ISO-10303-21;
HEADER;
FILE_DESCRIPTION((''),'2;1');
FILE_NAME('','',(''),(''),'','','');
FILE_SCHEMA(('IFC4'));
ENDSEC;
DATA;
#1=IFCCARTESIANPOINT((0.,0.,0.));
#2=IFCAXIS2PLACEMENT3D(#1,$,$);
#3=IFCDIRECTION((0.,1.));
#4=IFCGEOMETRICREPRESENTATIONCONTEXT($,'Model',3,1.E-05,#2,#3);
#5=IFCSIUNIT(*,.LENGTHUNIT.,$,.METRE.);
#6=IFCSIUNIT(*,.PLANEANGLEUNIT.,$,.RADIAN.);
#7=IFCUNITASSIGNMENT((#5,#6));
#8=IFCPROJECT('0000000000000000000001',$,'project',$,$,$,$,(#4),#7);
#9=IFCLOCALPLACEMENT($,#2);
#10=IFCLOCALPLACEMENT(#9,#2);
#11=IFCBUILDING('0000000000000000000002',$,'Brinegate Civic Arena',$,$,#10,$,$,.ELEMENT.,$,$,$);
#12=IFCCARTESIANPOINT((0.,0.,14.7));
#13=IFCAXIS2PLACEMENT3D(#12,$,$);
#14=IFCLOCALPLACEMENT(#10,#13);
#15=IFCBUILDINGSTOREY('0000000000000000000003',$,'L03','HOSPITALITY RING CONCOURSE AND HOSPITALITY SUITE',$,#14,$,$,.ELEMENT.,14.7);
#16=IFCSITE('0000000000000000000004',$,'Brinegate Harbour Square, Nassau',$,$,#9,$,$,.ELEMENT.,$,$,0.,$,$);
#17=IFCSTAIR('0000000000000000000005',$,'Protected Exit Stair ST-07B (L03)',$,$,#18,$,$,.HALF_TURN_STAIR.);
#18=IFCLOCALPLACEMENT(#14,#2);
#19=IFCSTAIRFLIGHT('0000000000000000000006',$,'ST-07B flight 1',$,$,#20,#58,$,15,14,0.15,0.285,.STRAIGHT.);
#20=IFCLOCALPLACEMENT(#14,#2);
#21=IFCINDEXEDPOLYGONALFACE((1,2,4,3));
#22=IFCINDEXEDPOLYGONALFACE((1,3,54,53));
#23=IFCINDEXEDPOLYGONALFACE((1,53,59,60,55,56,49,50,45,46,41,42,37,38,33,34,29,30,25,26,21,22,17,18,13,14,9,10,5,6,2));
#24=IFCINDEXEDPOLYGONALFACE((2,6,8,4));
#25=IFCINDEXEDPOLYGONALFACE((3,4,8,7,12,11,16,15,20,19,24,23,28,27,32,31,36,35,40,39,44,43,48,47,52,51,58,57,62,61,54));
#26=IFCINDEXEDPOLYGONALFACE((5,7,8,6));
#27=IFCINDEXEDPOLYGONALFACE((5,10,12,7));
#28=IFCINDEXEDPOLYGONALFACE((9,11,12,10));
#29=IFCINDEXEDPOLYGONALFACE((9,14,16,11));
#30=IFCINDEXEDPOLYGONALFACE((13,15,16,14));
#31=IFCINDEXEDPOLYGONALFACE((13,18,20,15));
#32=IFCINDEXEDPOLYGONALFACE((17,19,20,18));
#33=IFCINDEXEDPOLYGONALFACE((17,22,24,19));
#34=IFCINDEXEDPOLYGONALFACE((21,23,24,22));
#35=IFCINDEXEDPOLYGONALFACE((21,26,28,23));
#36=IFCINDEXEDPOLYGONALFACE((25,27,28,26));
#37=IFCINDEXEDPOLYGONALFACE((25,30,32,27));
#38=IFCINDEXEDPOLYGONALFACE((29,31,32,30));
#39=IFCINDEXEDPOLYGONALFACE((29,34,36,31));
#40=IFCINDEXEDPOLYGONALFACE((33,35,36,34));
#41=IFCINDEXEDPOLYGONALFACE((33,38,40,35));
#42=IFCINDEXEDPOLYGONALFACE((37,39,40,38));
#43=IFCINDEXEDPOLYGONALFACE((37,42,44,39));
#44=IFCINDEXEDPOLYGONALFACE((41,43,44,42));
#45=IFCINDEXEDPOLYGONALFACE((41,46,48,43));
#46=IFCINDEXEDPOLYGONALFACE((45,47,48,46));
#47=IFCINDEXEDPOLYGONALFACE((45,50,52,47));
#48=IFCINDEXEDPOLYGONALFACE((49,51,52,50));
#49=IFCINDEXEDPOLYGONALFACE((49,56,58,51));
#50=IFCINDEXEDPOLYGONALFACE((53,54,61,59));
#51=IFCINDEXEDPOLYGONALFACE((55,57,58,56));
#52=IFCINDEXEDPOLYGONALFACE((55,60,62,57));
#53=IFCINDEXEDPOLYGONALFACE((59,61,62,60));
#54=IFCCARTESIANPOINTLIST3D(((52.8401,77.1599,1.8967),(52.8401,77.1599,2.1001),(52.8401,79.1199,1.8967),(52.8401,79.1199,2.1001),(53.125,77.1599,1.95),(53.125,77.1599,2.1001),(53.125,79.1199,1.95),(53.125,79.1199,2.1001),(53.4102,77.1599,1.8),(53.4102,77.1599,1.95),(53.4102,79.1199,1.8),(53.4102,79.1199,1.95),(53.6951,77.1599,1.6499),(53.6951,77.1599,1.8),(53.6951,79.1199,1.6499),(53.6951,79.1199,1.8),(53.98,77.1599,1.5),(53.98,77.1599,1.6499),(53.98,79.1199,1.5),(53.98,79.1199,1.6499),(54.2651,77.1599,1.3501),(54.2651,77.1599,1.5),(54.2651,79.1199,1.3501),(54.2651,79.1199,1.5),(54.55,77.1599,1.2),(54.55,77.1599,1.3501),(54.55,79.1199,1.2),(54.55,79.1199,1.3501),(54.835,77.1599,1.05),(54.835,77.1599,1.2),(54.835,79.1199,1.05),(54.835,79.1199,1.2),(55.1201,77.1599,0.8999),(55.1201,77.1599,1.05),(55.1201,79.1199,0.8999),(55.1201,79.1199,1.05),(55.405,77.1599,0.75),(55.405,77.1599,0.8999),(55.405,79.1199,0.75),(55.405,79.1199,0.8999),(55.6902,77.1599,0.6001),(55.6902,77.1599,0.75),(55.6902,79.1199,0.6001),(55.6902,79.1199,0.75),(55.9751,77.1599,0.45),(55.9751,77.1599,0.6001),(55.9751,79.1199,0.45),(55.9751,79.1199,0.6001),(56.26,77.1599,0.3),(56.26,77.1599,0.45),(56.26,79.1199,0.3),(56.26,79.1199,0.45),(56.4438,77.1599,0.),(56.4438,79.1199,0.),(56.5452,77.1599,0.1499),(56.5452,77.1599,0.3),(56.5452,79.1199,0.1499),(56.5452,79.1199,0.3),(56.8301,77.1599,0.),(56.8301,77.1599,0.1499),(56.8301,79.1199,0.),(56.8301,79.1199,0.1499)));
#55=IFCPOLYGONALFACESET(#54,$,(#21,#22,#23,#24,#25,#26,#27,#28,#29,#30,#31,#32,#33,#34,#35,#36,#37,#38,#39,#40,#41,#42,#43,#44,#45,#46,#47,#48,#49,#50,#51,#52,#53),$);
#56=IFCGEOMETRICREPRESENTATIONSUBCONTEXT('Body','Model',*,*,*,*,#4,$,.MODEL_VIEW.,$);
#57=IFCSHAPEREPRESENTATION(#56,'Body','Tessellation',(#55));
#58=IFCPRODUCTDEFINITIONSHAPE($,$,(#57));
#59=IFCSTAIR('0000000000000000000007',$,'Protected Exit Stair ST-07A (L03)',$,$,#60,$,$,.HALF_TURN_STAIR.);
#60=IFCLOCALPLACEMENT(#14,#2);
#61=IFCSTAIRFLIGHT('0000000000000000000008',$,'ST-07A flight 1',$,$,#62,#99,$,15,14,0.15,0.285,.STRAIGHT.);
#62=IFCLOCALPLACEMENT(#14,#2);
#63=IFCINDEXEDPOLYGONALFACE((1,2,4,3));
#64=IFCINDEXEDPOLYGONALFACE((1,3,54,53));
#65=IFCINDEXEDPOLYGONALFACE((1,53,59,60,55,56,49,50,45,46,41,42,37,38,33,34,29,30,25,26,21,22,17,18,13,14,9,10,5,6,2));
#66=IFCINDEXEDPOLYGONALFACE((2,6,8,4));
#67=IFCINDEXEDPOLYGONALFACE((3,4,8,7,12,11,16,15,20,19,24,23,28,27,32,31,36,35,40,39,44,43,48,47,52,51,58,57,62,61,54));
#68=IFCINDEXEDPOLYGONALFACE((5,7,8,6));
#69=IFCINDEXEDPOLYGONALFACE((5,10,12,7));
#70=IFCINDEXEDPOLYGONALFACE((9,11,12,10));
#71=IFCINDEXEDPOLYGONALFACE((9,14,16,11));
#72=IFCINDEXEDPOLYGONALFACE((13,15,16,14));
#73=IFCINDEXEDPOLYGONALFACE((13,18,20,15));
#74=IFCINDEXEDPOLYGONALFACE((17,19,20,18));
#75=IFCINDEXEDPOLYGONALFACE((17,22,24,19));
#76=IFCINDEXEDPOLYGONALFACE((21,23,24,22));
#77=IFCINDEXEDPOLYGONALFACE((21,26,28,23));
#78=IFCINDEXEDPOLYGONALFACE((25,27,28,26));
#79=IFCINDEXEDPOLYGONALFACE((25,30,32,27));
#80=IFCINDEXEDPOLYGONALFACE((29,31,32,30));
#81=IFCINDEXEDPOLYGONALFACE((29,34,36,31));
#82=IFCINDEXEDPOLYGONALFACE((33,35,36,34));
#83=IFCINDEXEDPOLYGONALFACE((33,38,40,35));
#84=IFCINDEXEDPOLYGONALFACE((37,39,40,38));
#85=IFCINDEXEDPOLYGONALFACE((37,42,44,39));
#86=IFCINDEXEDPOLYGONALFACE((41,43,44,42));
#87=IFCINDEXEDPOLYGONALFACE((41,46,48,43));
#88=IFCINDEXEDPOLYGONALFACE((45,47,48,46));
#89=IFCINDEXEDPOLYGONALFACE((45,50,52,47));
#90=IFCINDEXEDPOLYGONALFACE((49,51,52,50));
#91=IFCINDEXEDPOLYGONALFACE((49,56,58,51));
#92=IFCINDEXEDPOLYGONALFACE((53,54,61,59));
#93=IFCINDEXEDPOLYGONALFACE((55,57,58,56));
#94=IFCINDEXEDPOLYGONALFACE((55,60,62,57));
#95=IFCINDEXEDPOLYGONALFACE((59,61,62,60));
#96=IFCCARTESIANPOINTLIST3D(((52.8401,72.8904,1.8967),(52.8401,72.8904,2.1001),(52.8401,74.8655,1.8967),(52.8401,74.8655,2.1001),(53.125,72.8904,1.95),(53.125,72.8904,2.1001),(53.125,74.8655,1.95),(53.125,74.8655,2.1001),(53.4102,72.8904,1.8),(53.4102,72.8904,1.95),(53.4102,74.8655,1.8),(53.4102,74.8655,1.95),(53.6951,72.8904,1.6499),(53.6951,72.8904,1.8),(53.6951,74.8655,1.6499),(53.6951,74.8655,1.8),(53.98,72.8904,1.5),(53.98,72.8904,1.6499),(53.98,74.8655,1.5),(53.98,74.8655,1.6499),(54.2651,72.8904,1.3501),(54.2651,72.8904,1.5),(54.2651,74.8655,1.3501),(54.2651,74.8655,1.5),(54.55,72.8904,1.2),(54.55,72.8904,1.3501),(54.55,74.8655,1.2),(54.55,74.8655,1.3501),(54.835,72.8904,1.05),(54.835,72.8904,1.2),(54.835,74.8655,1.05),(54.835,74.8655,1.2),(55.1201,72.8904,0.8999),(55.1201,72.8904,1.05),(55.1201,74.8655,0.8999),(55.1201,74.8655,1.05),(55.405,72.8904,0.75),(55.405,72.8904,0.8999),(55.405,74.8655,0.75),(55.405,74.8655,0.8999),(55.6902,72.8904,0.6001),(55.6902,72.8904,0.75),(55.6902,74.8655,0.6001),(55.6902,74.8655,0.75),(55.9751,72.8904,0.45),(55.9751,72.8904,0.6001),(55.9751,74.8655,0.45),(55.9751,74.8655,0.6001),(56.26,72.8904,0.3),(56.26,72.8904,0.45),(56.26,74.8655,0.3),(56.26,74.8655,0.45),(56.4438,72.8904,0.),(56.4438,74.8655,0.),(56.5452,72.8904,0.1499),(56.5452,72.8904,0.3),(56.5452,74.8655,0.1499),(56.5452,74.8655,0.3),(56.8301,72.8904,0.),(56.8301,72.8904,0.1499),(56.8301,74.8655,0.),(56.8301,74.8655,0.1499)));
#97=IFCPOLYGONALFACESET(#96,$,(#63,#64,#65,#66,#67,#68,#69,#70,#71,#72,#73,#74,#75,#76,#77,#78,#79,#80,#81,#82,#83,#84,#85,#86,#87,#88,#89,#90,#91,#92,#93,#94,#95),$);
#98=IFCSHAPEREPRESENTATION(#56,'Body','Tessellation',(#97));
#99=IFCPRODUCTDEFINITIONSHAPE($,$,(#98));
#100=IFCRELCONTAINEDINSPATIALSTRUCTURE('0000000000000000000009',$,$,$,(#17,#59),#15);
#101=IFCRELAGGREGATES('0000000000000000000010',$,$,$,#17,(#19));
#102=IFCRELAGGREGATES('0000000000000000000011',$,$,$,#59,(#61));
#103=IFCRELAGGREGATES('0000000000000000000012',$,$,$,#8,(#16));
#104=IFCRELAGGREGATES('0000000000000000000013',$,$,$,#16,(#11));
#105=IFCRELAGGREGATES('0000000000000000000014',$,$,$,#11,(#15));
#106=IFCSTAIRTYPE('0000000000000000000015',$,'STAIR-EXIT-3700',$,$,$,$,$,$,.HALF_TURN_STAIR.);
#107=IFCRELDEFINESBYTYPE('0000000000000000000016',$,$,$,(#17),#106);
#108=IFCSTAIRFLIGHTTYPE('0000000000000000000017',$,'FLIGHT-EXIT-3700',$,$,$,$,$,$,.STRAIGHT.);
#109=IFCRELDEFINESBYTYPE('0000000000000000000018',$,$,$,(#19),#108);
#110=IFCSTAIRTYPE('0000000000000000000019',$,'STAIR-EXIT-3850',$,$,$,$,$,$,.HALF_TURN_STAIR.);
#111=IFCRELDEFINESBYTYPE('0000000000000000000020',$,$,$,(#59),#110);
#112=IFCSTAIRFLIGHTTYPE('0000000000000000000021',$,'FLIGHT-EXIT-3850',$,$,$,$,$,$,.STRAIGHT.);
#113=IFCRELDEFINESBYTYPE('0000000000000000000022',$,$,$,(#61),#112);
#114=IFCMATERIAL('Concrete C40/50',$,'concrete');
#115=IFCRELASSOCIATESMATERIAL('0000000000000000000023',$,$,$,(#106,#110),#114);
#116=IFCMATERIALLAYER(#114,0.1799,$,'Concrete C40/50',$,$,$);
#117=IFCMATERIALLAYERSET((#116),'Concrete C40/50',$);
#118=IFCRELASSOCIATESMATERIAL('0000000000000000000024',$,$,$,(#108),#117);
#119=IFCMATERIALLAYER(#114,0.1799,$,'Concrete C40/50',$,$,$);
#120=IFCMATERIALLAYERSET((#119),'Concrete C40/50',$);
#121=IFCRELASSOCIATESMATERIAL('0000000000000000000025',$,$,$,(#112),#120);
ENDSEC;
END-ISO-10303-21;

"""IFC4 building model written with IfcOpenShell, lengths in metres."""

from ifc_helpers import new_model, si_unit, direction, frame, origin, place, context, subcontext, project, spatial, polyline, outline, extrude, material, layer, layer_set, type_object, element, aggregate, save


model = new_model("IFC4")

# Units and contexts
model_context = context("Model", 3, precision=1e-05, world=origin(), true_north=direction((0.0, 1.0)))
body_context = subcontext(model_context, "Body", "Model", "MODEL_VIEW")
ifc_project = project(units=[si_unit("LENGTHUNIT", "METRE"), si_unit("PLANEANGLEUNIT", "RADIAN")], contexts=[model_context])

# Site, building, storey
site_placement = place(None, origin())
site = spatial("IfcSite", under=ifc_project, at=site_placement, Name="Brinegate Harbour Square, Nassau", CompositionType="ELEMENT", RefElevation=0.0)
building_placement = place(site_placement, origin())
building = spatial("IfcBuilding", under=site, at=building_placement, Name="Brinegate Civic Arena", CompositionType="ELEMENT")
storey_placement = place(building_placement, frame((0.0, 0.0, 14.7)))
storey = spatial("IfcBuildingStorey", under=building, at=storey_placement, Name="L03", Description="HOSPITALITY RING CONCOURSE AND HOSPITALITY SUITE", CompositionType="ELEMENT", Elevation=14.7)

# Shared definitions
ifc_material_1 = material(Name="Concrete C40/50", Category="concrete")

# Stairs, stair flights
stair_type_1 = type_object("IfcStairType", Name="STAIR-EXIT-3700", PredefinedType="HALF_TURN_STAIR", material=ifc_material_1)
stair_1_placement = place(storey_placement, origin())
stair_1 = element("IfcStair", 1, at=stair_1_placement, inside=storey, type_object=stair_type_1, Name="Protected Exit Stair ST-07B (L03)", PredefinedType="HALF_TURN_STAIR")
ifc_layer_1 = layer(ifc_material_1, 0.1799, Name="Concrete C40/50")
ifc_layer_set_1 = layer_set([ifc_layer_1], Name="Concrete C40/50")
stair_flight_type_1 = type_object("IfcStairFlightType", Name="FLIGHT-EXIT-3700", PredefinedType="STRAIGHT", material=ifc_layer_set_1)
stair_flight_1_placement = place(storey_placement, frame((56.8301, 78.1399, 0.0), z_axis=(0.0, 0.0, 1.0), x_axis=(-1.0, 0.0, 0.0)))
stair_flight_1 = element("IfcStairFlight", 2, at=stair_flight_1_placement, type_object=stair_flight_type_1, Name="ST-07B flight 1", NumberOfRisers=15, NumberOfTreads=14, PredefinedType="STRAIGHT", RiserHeight=0.15, TreadLength=0.285, context=body_context, shape_type="SweptSolid", body=[
    extrude(outline(polyline([(0.0, 0.0), (0.0, 0.1499), (0.2849, 0.1499), (0.2849, 0.3), (0.5701, 0.3), (0.5701, 0.45), (0.855, 0.45), (0.855, 0.6001), (1.1399, 0.6001), (1.1399, 0.75), (1.425, 0.75), (1.425, 0.8999), (1.71, 0.8999), (1.71, 1.05), (1.9951, 1.05), (1.9951, 1.2), (2.28, 1.2), (2.28, 1.3501), (2.5649, 1.3501), (2.5649, 1.5), (2.8501, 1.5), (2.8501, 1.6499), (3.135, 1.6499), (3.135, 1.8), (3.4199, 1.8), (3.4199, 1.95), (3.7051, 1.95), (3.7051, 2.1001), (3.99, 2.1001), (3.99, 2.25), (3.99, 1.8967), (0.3862, 0.0), (0.0, 0.0)])), frame((0.0, 0.98, 0.0), z_axis=(0.0, -1.0, 0.0), x_axis=(1.0, 0.0, 0.0)), (0.0, 0.0, 1.0), 1.96),
])
aggregate(stair_1, [stair_flight_1])
stair_type_2 = type_object("IfcStairType", Name="STAIR-EXIT-3850", PredefinedType="HALF_TURN_STAIR", material=ifc_material_1)
stair_2_placement = place(storey_placement, origin())
stair_2 = element("IfcStair", 3, at=stair_2_placement, inside=storey, type_object=stair_type_2, Name="Protected Exit Stair ST-07A (L03)", PredefinedType="HALF_TURN_STAIR")
ifc_layer_2 = layer(ifc_material_1, 0.1799, Name="Concrete C40/50")
ifc_layer_set_2 = layer_set([ifc_layer_2], Name="Concrete C40/50")
stair_flight_type_2 = type_object("IfcStairFlightType", Name="FLIGHT-EXIT-3850", PredefinedType="STRAIGHT", material=ifc_layer_set_2)
stair_flight_2_placement = place(storey_placement, frame((56.8301, 73.8779, 0.0), z_axis=(0.0, 0.0, 1.0), x_axis=(-1.0, 0.0, 0.0)))
stair_flight_2 = element("IfcStairFlight", 4, at=stair_flight_2_placement, type_object=stair_flight_type_2, Name="ST-07A flight 1", NumberOfRisers=15, NumberOfTreads=14, PredefinedType="STRAIGHT", RiserHeight=0.15, TreadLength=0.285, context=body_context, shape_type="SweptSolid", body=[
    extrude(outline(polyline([(0.0, 0.0), (0.0, 0.1499), (0.2849, 0.1499), (0.2849, 0.3), (0.5701, 0.3), (0.5701, 0.45), (0.855, 0.45), (0.855, 0.6001), (1.1399, 0.6001), (1.1399, 0.75), (1.425, 0.75), (1.425, 0.8999), (1.71, 0.8999), (1.71, 1.05), (1.9951, 1.05), (1.9951, 1.2), (2.28, 1.2), (2.28, 1.3501), (2.5649, 1.3501), (2.5649, 1.5), (2.8501, 1.5), (2.8501, 1.6499), (3.135, 1.6499), (3.135, 1.8), (3.4199, 1.8), (3.4199, 1.95), (3.7051, 1.95), (3.7051, 2.1001), (3.99, 2.1001), (3.99, 2.25), (3.99, 1.8967), (0.3862, 0.0), (0.0, 0.0)])), frame((0.0, 0.9875, 0.0), z_axis=(0.0, -1.0, 0.0), x_axis=(1.0, 0.0, 0.0)), (0.0, 0.0, 1.0), 1.9751),
])
aggregate(stair_2, [stair_flight_2])

save(model, "model.ifc")
